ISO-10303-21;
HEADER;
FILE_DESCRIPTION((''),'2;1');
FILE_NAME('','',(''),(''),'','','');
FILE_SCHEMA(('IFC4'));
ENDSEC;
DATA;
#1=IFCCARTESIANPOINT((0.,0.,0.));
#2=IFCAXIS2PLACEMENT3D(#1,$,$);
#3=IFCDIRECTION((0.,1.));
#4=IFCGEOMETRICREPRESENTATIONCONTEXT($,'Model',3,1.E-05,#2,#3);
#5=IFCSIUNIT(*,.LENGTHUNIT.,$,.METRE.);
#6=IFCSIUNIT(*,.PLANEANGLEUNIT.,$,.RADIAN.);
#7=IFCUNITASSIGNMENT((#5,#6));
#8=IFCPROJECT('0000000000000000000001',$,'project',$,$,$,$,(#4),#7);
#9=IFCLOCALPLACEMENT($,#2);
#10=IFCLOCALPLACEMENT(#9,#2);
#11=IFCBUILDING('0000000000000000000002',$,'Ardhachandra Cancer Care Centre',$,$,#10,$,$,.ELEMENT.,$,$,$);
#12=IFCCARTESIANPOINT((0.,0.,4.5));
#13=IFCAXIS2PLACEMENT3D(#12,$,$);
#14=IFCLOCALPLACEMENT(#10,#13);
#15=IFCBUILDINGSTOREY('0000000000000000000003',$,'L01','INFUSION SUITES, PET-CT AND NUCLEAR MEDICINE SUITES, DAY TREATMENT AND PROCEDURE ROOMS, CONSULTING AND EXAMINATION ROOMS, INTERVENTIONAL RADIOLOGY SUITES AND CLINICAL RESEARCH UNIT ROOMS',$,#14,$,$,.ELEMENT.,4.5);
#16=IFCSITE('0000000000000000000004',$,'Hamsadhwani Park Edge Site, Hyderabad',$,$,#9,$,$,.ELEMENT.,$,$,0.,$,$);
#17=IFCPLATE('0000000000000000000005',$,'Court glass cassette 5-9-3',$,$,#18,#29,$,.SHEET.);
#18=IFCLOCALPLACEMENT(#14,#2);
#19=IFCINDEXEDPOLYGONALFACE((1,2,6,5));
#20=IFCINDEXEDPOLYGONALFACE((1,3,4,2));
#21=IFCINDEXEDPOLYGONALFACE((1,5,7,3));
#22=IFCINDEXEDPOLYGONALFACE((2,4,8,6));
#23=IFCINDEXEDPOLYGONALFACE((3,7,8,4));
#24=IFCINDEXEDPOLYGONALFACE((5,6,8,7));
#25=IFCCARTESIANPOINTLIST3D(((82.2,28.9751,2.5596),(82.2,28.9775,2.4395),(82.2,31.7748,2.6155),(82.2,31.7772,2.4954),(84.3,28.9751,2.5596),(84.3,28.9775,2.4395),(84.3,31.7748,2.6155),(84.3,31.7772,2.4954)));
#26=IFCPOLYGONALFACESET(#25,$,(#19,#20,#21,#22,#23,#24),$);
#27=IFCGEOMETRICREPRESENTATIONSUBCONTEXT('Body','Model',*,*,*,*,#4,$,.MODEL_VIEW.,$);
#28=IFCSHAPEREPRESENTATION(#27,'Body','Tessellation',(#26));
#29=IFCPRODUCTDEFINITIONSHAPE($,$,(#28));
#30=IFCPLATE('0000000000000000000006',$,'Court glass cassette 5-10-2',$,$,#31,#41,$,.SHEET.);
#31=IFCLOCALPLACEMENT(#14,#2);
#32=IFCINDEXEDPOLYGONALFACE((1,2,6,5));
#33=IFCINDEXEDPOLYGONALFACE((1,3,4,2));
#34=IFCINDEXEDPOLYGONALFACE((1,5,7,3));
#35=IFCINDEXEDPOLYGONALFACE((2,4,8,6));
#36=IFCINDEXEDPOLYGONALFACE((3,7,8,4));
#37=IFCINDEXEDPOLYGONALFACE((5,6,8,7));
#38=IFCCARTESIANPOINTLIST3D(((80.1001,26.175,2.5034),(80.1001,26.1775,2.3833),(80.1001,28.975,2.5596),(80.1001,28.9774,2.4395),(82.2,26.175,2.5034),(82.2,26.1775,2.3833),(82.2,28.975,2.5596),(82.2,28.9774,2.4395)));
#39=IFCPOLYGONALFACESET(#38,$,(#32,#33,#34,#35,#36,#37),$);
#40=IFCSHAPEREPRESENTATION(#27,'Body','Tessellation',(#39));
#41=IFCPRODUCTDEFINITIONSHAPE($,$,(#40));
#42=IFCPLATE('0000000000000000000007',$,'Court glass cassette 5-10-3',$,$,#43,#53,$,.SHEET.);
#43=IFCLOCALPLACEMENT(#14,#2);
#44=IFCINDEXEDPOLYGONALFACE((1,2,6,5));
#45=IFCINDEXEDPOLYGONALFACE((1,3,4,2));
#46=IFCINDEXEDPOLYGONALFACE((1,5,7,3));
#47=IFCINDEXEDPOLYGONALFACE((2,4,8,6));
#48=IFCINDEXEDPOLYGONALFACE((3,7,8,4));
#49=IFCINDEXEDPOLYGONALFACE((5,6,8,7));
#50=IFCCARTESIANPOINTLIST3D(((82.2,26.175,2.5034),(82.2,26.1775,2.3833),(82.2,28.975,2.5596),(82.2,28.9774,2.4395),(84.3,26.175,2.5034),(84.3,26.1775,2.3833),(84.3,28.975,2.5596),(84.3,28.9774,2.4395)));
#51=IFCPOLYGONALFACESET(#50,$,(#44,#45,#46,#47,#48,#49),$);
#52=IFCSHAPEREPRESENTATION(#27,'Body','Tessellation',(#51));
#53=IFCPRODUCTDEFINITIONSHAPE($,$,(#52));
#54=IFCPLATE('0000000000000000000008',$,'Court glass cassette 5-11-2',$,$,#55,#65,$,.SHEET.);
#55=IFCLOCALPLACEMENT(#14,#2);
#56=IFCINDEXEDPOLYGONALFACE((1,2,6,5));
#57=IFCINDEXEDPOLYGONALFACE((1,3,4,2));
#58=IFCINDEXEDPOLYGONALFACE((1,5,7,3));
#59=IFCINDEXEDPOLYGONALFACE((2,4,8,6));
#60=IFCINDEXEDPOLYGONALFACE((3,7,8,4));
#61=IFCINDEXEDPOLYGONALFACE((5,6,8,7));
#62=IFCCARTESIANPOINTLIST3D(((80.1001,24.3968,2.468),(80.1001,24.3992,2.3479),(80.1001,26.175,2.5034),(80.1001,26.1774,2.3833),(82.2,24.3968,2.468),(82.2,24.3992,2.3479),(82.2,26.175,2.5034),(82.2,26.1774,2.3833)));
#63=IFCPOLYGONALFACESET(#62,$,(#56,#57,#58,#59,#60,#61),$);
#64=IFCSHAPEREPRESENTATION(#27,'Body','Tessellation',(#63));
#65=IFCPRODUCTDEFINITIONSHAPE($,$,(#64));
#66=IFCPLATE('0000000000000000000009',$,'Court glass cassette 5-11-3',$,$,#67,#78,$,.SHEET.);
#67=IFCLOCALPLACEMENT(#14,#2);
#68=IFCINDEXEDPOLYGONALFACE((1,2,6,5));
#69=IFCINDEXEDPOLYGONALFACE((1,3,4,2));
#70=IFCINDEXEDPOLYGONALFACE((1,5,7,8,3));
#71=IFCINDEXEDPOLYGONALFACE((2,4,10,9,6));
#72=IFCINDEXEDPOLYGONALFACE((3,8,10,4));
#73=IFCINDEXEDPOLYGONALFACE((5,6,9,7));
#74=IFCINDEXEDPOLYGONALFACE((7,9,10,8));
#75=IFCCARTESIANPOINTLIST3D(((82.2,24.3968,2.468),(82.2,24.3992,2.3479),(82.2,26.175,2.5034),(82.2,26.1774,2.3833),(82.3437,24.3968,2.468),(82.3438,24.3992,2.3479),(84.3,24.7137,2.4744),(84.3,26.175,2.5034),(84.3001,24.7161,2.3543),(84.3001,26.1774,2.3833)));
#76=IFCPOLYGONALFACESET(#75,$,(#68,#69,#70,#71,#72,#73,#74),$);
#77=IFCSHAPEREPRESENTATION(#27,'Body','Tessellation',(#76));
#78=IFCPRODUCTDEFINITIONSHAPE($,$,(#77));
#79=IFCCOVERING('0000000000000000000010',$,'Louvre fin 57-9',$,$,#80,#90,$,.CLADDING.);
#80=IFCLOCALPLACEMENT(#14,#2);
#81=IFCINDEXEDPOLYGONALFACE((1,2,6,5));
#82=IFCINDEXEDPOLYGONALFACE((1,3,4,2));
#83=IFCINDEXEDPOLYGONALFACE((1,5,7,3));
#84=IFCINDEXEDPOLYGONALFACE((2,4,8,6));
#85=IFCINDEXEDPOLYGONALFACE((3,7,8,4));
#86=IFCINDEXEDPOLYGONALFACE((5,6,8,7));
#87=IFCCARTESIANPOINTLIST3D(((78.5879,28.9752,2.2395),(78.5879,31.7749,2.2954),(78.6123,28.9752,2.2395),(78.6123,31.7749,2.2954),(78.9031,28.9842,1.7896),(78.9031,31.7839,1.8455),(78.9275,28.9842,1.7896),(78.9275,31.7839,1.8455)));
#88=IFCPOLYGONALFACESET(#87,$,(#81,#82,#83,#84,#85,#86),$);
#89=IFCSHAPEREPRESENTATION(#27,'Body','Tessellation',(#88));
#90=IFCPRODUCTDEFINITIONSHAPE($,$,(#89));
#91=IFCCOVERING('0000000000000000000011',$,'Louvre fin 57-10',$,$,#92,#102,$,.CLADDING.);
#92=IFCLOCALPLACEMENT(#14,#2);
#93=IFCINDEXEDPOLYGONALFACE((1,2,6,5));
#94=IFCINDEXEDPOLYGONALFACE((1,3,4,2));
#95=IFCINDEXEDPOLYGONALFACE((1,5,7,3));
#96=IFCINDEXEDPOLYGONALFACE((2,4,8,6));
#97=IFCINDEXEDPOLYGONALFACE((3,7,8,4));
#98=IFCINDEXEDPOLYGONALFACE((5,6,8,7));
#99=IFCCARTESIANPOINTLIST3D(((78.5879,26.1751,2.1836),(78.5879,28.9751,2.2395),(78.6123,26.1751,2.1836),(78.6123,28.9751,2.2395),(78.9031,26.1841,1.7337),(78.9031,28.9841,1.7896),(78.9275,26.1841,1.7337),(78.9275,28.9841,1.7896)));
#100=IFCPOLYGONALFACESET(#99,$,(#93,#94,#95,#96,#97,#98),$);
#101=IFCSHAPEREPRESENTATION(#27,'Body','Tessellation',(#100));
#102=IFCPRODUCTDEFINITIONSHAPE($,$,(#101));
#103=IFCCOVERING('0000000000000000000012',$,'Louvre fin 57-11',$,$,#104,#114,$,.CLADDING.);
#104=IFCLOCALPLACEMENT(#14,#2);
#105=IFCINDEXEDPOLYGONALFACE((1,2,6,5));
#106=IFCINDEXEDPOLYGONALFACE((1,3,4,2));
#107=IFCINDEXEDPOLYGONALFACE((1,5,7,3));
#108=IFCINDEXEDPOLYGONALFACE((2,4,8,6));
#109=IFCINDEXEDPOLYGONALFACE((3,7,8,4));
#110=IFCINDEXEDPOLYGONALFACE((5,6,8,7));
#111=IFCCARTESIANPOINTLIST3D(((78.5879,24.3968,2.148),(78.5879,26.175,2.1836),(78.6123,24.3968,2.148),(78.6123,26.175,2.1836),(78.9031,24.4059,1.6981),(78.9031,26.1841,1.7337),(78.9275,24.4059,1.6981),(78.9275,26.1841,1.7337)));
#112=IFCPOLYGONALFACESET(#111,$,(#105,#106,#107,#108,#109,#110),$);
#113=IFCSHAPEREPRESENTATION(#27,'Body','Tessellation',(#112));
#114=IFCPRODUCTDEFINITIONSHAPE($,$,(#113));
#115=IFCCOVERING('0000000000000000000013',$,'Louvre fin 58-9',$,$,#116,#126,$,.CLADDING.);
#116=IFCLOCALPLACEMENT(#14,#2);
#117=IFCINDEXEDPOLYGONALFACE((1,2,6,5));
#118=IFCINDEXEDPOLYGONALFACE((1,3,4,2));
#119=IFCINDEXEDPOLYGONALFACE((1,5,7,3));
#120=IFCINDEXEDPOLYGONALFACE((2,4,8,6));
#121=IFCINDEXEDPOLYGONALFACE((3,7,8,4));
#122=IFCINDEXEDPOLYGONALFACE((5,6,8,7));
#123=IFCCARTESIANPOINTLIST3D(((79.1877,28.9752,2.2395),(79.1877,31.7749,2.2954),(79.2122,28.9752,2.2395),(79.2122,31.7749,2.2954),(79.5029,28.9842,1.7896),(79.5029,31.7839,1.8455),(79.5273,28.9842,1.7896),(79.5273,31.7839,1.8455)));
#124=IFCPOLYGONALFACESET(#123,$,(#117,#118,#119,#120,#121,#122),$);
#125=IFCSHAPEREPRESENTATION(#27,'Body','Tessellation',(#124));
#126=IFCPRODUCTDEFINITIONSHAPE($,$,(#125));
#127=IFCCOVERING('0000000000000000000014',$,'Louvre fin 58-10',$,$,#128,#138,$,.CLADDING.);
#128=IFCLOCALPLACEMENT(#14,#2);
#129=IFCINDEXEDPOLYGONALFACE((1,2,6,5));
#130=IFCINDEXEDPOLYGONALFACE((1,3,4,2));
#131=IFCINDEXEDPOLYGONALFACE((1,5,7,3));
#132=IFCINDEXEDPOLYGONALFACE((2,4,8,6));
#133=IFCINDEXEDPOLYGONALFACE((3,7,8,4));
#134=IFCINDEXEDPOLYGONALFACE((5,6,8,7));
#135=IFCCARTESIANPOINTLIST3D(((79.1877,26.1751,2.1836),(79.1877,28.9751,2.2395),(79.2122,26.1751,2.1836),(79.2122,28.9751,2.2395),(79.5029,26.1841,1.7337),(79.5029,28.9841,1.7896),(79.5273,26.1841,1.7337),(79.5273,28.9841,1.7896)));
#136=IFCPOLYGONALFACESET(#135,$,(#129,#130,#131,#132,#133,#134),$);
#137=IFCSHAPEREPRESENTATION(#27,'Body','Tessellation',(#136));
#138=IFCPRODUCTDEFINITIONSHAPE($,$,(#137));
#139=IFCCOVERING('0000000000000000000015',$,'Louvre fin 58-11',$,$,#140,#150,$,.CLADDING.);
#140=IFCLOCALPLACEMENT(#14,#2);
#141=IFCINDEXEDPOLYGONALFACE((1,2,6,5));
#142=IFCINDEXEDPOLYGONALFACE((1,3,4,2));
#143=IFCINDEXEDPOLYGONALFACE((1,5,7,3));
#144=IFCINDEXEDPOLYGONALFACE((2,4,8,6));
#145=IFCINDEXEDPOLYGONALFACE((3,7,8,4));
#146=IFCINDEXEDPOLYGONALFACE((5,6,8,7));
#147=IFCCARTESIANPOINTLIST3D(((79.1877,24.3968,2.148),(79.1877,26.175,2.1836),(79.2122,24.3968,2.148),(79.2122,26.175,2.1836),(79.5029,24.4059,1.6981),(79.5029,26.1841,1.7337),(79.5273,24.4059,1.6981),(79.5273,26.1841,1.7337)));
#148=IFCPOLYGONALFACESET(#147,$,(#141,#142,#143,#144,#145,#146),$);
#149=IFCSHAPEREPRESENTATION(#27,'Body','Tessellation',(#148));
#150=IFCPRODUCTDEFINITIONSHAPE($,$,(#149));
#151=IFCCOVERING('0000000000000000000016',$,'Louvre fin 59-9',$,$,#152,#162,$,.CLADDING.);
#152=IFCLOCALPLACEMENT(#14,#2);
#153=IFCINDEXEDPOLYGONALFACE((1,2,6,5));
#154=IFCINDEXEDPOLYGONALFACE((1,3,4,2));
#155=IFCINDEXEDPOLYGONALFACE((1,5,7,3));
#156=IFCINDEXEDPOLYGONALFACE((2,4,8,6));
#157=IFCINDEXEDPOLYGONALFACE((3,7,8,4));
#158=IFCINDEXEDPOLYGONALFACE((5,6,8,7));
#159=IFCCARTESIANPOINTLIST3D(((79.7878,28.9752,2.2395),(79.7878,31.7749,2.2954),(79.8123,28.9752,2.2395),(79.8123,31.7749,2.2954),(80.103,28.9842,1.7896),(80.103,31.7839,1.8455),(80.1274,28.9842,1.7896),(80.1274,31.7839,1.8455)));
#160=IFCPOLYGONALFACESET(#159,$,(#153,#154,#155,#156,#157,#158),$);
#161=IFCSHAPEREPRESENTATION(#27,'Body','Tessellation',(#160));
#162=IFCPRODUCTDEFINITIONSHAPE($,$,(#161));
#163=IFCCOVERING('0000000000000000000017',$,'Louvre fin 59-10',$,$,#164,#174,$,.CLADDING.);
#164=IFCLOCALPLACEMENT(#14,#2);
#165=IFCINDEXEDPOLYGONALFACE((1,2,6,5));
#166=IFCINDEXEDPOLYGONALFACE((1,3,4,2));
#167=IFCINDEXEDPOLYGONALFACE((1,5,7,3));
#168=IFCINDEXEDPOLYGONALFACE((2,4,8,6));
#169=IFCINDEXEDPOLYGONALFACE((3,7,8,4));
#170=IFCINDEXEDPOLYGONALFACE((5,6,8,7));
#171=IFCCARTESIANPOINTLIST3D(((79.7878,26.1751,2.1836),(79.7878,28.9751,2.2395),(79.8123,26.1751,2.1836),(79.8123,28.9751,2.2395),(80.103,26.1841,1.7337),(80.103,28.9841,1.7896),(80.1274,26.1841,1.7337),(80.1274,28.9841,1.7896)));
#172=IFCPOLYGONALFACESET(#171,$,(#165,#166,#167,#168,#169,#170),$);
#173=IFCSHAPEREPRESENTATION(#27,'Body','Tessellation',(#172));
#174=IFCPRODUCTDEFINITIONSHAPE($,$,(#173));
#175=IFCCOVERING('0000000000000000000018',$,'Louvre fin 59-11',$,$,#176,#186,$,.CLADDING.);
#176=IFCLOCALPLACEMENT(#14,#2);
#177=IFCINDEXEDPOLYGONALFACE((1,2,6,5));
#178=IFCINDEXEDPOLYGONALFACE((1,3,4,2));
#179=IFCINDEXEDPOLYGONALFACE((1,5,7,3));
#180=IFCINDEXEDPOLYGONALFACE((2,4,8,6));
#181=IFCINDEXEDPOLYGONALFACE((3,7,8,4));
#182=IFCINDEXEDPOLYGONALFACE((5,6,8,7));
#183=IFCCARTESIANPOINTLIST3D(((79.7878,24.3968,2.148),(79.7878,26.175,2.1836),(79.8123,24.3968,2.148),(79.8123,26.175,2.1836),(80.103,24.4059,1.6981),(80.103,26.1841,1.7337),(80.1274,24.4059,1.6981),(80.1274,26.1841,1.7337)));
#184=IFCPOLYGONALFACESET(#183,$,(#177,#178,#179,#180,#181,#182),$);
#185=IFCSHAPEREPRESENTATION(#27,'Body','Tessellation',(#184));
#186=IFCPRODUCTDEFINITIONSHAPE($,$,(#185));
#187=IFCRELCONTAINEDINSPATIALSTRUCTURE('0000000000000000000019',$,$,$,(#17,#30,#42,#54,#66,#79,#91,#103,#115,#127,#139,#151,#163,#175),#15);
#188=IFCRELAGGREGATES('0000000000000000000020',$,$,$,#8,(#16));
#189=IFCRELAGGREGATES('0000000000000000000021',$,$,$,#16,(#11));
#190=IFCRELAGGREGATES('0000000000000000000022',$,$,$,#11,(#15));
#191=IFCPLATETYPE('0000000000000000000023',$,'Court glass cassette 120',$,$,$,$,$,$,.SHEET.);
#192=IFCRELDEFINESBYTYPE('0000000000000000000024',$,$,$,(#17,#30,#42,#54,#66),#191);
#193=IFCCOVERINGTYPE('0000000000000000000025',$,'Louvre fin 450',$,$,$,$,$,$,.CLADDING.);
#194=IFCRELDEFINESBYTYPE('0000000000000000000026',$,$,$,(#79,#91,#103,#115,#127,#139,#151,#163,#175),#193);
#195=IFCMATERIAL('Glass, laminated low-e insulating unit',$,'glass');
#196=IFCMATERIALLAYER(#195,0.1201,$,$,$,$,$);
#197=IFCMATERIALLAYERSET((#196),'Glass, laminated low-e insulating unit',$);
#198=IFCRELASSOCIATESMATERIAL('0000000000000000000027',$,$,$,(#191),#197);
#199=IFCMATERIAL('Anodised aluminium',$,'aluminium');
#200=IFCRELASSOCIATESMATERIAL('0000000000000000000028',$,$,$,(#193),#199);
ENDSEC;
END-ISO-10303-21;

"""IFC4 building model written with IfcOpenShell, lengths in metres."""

from ifc_helpers import new_model, si_unit, direction, frame, origin, place, context, subcontext, project, spatial, polyline, outline, extrude, material, layer, layer_set, material_profile, profile_set, type_object, element, save


model = new_model("IFC4")

# Units and contexts
model_context = context("Model", 3, precision=1e-05, world=origin(), true_north=direction((0.0, 1.0)))
body_context = subcontext(model_context, "Body", "Model", "MODEL_VIEW")
ifc_project = project(units=[si_unit("LENGTHUNIT", "METRE"), si_unit("PLANEANGLEUNIT", "RADIAN")], contexts=[model_context])

# Site, building, storey
site_placement = place(None, origin())
site = spatial("IfcSite", under=ifc_project, at=site_placement, Name="Hamsadhwani Park Edge Site, Hyderabad", CompositionType="ELEMENT", RefElevation=0.0)
building_placement = place(site_placement, origin())
building = spatial("IfcBuilding", under=site, at=building_placement, Name="Ardhachandra Cancer Care Centre", CompositionType="ELEMENT")
storey_placement = place(building_placement, frame((0.0, 0.0, 4.5)))
storey = spatial("IfcBuildingStorey", under=building, at=storey_placement, Name="L01", Description="INFUSION SUITES, PET-CT AND NUCLEAR MEDICINE SUITES, DAY TREATMENT AND PROCEDURE ROOMS, CONSULTING AND EXAMINATION ROOMS, INTERVENTIONAL RADIOLOGY SUITES AND CLINICAL RESEARCH UNIT ROOMS", CompositionType="ELEMENT", Elevation=4.5)

# Plates
ifc_material_1 = material(Name="Glass, laminated low-e insulating unit", Category="glass")
ifc_layer = layer(ifc_material_1, 0.1201)
ifc_layer_set = layer_set([ifc_layer], Name="Glass, laminated low-e insulating unit")
plate_type = type_object("IfcPlateType", Name="Court glass cassette 120", PredefinedType="SHEET", material=ifc_layer_set)
plate_1_placement = place(storey_placement, frame((82.2, 28.9751, 2.5596), z_axis=(0.0, -0.019965, 0.999801), x_axis=(0.0, 0.999801, 0.019965)))
element("IfcPlate", 1, at=plate_1_placement, inside=storey, type_object=plate_type, Name="Court glass cassette 5-9-3", PredefinedType="SHEET", context=body_context, shape_type="SweptSolid", body=[
    extrude(outline(polyline([(0.0, -2.1001), (2.8003, -2.1001), (2.8003, 0.0), (0.0, 0.0), (0.0, -2.1001)])), frame((0.0, 0.0, -0.1201)), (0.0, 0.0, 1.0), 0.1201),
])
plate_2_placement = place(storey_placement, frame((80.1001, 26.175, 2.5034), z_axis=(0.0, -0.02005, 0.999799), x_axis=(0.0, 0.999799, 0.02005)))
element("IfcPlate", 2, at=plate_2_placement, inside=storey, type_object=plate_type, Name="Court glass cassette 5-10-2", PredefinedType="SHEET", context=body_context, shape_type="SweptSolid", body=[
    extrude(outline(polyline([(0.0, -2.0999), (2.8005, -2.0999), (2.8005, 0.0), (0.0, 0.0), (0.0, -2.0999)])), frame((0.0, 0.0, -0.1201)), (0.0, 0.0, 1.0), 0.1201),
])
plate_3_placement = place(storey_placement, frame((82.2, 26.175, 2.5034), z_axis=(0.0, -0.02005, 0.999799), x_axis=(0.0, 0.999799, 0.02005)))
element("IfcPlate", 3, at=plate_3_placement, inside=storey, type_object=plate_type, Name="Court glass cassette 5-10-3", PredefinedType="SHEET", context=body_context, shape_type="SweptSolid", body=[
    extrude(outline(polyline([(0.0, -2.1001), (2.8005, -2.1001), (2.8005, 0.0), (0.0, 0.0), (0.0, -2.1001)])), frame((0.0, 0.0, -0.1201)), (0.0, 0.0, 1.0), 0.1201),
])
plate_4_placement = place(storey_placement, frame((80.1001, 26.175, 2.5034), z_axis=(0.0, -0.019903, 0.999802), x_axis=(1.0, 0.0, 0.0)))
element("IfcPlate", 4, at=plate_4_placement, inside=storey, type_object=plate_type, Name="Court glass cassette 5-11-2", PredefinedType="SHEET", context=body_context, shape_type="SweptSolid", body=[
    extrude(outline(polyline([(0.0, -1.7786), (2.0999, -1.7786), (2.0999, 0.0), (0.0, 0.0), (0.0, -1.7786)])), frame((0.0, 0.0, -0.1201)), (0.0, 0.0, 1.0), 0.1201),
])
plate_5_placement = place(storey_placement, frame((82.2, 26.175, 2.5034), z_axis=(-0.00001, -0.019891, 0.999802), x_axis=(1.0, 0.0, 0.00001)))
element("IfcPlate", 5, at=plate_5_placement, inside=storey, type_object=plate_type, Name="Court glass cassette 5-11-3", PredefinedType="SHEET", context=body_context, shape_type="SweptSolid", body=[
    extrude(outline(polyline([(0.0, -1.7786), (0.1438, -1.7786), (2.1001, -1.4617), (2.1001, 0.0), (0.0, 0.0), (0.0, -1.7786)])), frame((0.0, 0.0, -0.1201)), (0.0, 0.0, 1.0), 0.1201),
])

# Coverings
ifc_material_2 = material(Name="Anodised aluminium", Category="aluminium")
ifc_material_profile_1 = material_profile(ifc_material_2, outline(polyline([(-0.0122, 0.0), (0.0122, 0.0), (0.3274, -0.45), (0.303, -0.45), (-0.0122, 0.0)])), Name="Louvre fin 450")
ifc_profile_set_1 = profile_set([ifc_material_profile_1], Name="Anodised aluminium")
covering_type = type_object("IfcCoveringType", Name="Louvre fin 450", PredefinedType="CLADDING", material=ifc_profile_set_1)
covering_1_placement = place(storey_placement, frame((78.6001, 31.7749, 2.2954), z_axis=(0.0, -0.999801, -0.019965), x_axis=(1.0, 0.0, 0.0)))
element("IfcCovering", 6, at=covering_1_placement, inside=storey, type_object=covering_type, Name="Louvre fin 57-9", PredefinedType="CLADDING", context=body_context, shape_type="SweptSolid", body=[
    extrude(outline(polyline([(-0.0122, 0.0), (0.0122, 0.0), (0.3274, -0.45), (0.303, -0.45), (-0.0122, 0.0)])), origin(), (0.0, 0.0, 1.0), 2.8003),
])
covering_2_placement = place(storey_placement, frame((78.6001, 28.9751, 2.2395), z_axis=(0.0, -0.999801, -0.019963), x_axis=(1.0, 0.0, 0.0)))
element("IfcCovering", 7, at=covering_2_placement, inside=storey, type_object=covering_type, Name="Louvre fin 57-10", PredefinedType="CLADDING", context=body_context, shape_type="SweptSolid", body=[
    extrude(outline(polyline([(-0.0122, 0.0), (0.0122, 0.0), (0.3274, -0.45), (0.303, -0.45), (-0.0122, 0.0)])), origin(), (0.0, 0.0, 1.0), 2.8005),
])
covering_3_placement = place(storey_placement, frame((78.6001, 26.175, 2.1836), z_axis=(0.0, -0.999799, -0.02004), x_axis=(1.0, 0.0, 0.0)))
element("IfcCovering", 8, at=covering_3_placement, inside=storey, type_object=covering_type, Name="Louvre fin 57-11", PredefinedType="CLADDING", context=body_context, shape_type="SweptSolid", body=[
    extrude(outline(polyline([(-0.0122, 0.0), (0.0122, 0.0), (0.3274, -0.45), (0.303, -0.45), (-0.0122, 0.0)])), origin(), (0.0, 0.0, 1.0), 1.7786),
])
covering_4_placement = place(storey_placement, frame((79.2, 31.7749, 2.2954), z_axis=(0.0, -0.999801, -0.019965), x_axis=(1.0, 0.0, 0.0)))
element("IfcCovering", 9, at=covering_4_placement, inside=storey, type_object=covering_type, Name="Louvre fin 58-9", PredefinedType="CLADDING", context=body_context, shape_type="SweptSolid", body=[
    extrude(outline(polyline([(-0.0122, 0.0), (0.0122, 0.0), (0.3274, -0.45), (0.303, -0.45), (-0.0122, 0.0)])), origin(), (0.0, 0.0, 1.0), 2.8003),
])
covering_5_placement = place(storey_placement, frame((79.2, 28.9751, 2.2395), z_axis=(0.0, -0.999801, -0.019963), x_axis=(1.0, 0.0, 0.0)))
element("IfcCovering", 10, at=covering_5_placement, inside=storey, type_object=covering_type, Name="Louvre fin 58-10", PredefinedType="CLADDING", context=body_context, shape_type="SweptSolid", body=[
    extrude(outline(polyline([(-0.0122, 0.0), (0.0122, 0.0), (0.3274, -0.45), (0.303, -0.45), (-0.0122, 0.0)])), origin(), (0.0, 0.0, 1.0), 2.8005),
])
covering_6_placement = place(storey_placement, frame((79.2, 26.175, 2.1836), z_axis=(0.0, -0.999799, -0.02004), x_axis=(1.0, 0.0, 0.0)))
element("IfcCovering", 11, at=covering_6_placement, inside=storey, type_object=covering_type, Name="Louvre fin 58-11", PredefinedType="CLADDING", context=body_context, shape_type="SweptSolid", body=[
    extrude(outline(polyline([(-0.0122, 0.0), (0.0122, 0.0), (0.3274, -0.45), (0.303, -0.45), (-0.0122, 0.0)])), origin(), (0.0, 0.0, 1.0), 1.7786),
])
covering_7_placement = place(storey_placement, frame((79.8, 31.7749, 2.2954), z_axis=(0.0, -0.999801, -0.019965), x_axis=(1.0, 0.0, 0.0)))
element("IfcCovering", 12, at=covering_7_placement, inside=storey, type_object=covering_type, Name="Louvre fin 59-9", PredefinedType="CLADDING", context=body_context, shape_type="SweptSolid", body=[
    extrude(outline(polyline([(-0.0122, 0.0), (0.0122, 0.0), (0.3274, -0.45), (0.303, -0.45), (-0.0122, 0.0)])), origin(), (0.0, 0.0, 1.0), 2.8003),
])
covering_8_placement = place(storey_placement, frame((79.8, 28.9751, 2.2395), z_axis=(0.0, -0.999801, -0.019963), x_axis=(1.0, 0.0, 0.0)))
element("IfcCovering", 13, at=covering_8_placement, inside=storey, type_object=covering_type, Name="Louvre fin 59-10", PredefinedType="CLADDING", context=body_context, shape_type="SweptSolid", body=[
    extrude(outline(polyline([(-0.0122, 0.0), (0.0122, 0.0), (0.3274, -0.45), (0.303, -0.45), (-0.0122, 0.0)])), origin(), (0.0, 0.0, 1.0), 2.8005),
])
covering_9_placement = place(storey_placement, frame((79.8, 26.175, 2.1836), z_axis=(0.0, -0.999799, -0.02004), x_axis=(1.0, 0.0, 0.0)))
element("IfcCovering", 14, at=covering_9_placement, inside=storey, type_object=covering_type, Name="Louvre fin 59-11", PredefinedType="CLADDING", context=body_context, shape_type="SweptSolid", body=[
    extrude(outline(polyline([(-0.0122, 0.0), (0.0122, 0.0), (0.3274, -0.45), (0.303, -0.45), (-0.0122, 0.0)])), origin(), (0.0, 0.0, 1.0), 1.7786),
])

save(model, "model.ifc")
